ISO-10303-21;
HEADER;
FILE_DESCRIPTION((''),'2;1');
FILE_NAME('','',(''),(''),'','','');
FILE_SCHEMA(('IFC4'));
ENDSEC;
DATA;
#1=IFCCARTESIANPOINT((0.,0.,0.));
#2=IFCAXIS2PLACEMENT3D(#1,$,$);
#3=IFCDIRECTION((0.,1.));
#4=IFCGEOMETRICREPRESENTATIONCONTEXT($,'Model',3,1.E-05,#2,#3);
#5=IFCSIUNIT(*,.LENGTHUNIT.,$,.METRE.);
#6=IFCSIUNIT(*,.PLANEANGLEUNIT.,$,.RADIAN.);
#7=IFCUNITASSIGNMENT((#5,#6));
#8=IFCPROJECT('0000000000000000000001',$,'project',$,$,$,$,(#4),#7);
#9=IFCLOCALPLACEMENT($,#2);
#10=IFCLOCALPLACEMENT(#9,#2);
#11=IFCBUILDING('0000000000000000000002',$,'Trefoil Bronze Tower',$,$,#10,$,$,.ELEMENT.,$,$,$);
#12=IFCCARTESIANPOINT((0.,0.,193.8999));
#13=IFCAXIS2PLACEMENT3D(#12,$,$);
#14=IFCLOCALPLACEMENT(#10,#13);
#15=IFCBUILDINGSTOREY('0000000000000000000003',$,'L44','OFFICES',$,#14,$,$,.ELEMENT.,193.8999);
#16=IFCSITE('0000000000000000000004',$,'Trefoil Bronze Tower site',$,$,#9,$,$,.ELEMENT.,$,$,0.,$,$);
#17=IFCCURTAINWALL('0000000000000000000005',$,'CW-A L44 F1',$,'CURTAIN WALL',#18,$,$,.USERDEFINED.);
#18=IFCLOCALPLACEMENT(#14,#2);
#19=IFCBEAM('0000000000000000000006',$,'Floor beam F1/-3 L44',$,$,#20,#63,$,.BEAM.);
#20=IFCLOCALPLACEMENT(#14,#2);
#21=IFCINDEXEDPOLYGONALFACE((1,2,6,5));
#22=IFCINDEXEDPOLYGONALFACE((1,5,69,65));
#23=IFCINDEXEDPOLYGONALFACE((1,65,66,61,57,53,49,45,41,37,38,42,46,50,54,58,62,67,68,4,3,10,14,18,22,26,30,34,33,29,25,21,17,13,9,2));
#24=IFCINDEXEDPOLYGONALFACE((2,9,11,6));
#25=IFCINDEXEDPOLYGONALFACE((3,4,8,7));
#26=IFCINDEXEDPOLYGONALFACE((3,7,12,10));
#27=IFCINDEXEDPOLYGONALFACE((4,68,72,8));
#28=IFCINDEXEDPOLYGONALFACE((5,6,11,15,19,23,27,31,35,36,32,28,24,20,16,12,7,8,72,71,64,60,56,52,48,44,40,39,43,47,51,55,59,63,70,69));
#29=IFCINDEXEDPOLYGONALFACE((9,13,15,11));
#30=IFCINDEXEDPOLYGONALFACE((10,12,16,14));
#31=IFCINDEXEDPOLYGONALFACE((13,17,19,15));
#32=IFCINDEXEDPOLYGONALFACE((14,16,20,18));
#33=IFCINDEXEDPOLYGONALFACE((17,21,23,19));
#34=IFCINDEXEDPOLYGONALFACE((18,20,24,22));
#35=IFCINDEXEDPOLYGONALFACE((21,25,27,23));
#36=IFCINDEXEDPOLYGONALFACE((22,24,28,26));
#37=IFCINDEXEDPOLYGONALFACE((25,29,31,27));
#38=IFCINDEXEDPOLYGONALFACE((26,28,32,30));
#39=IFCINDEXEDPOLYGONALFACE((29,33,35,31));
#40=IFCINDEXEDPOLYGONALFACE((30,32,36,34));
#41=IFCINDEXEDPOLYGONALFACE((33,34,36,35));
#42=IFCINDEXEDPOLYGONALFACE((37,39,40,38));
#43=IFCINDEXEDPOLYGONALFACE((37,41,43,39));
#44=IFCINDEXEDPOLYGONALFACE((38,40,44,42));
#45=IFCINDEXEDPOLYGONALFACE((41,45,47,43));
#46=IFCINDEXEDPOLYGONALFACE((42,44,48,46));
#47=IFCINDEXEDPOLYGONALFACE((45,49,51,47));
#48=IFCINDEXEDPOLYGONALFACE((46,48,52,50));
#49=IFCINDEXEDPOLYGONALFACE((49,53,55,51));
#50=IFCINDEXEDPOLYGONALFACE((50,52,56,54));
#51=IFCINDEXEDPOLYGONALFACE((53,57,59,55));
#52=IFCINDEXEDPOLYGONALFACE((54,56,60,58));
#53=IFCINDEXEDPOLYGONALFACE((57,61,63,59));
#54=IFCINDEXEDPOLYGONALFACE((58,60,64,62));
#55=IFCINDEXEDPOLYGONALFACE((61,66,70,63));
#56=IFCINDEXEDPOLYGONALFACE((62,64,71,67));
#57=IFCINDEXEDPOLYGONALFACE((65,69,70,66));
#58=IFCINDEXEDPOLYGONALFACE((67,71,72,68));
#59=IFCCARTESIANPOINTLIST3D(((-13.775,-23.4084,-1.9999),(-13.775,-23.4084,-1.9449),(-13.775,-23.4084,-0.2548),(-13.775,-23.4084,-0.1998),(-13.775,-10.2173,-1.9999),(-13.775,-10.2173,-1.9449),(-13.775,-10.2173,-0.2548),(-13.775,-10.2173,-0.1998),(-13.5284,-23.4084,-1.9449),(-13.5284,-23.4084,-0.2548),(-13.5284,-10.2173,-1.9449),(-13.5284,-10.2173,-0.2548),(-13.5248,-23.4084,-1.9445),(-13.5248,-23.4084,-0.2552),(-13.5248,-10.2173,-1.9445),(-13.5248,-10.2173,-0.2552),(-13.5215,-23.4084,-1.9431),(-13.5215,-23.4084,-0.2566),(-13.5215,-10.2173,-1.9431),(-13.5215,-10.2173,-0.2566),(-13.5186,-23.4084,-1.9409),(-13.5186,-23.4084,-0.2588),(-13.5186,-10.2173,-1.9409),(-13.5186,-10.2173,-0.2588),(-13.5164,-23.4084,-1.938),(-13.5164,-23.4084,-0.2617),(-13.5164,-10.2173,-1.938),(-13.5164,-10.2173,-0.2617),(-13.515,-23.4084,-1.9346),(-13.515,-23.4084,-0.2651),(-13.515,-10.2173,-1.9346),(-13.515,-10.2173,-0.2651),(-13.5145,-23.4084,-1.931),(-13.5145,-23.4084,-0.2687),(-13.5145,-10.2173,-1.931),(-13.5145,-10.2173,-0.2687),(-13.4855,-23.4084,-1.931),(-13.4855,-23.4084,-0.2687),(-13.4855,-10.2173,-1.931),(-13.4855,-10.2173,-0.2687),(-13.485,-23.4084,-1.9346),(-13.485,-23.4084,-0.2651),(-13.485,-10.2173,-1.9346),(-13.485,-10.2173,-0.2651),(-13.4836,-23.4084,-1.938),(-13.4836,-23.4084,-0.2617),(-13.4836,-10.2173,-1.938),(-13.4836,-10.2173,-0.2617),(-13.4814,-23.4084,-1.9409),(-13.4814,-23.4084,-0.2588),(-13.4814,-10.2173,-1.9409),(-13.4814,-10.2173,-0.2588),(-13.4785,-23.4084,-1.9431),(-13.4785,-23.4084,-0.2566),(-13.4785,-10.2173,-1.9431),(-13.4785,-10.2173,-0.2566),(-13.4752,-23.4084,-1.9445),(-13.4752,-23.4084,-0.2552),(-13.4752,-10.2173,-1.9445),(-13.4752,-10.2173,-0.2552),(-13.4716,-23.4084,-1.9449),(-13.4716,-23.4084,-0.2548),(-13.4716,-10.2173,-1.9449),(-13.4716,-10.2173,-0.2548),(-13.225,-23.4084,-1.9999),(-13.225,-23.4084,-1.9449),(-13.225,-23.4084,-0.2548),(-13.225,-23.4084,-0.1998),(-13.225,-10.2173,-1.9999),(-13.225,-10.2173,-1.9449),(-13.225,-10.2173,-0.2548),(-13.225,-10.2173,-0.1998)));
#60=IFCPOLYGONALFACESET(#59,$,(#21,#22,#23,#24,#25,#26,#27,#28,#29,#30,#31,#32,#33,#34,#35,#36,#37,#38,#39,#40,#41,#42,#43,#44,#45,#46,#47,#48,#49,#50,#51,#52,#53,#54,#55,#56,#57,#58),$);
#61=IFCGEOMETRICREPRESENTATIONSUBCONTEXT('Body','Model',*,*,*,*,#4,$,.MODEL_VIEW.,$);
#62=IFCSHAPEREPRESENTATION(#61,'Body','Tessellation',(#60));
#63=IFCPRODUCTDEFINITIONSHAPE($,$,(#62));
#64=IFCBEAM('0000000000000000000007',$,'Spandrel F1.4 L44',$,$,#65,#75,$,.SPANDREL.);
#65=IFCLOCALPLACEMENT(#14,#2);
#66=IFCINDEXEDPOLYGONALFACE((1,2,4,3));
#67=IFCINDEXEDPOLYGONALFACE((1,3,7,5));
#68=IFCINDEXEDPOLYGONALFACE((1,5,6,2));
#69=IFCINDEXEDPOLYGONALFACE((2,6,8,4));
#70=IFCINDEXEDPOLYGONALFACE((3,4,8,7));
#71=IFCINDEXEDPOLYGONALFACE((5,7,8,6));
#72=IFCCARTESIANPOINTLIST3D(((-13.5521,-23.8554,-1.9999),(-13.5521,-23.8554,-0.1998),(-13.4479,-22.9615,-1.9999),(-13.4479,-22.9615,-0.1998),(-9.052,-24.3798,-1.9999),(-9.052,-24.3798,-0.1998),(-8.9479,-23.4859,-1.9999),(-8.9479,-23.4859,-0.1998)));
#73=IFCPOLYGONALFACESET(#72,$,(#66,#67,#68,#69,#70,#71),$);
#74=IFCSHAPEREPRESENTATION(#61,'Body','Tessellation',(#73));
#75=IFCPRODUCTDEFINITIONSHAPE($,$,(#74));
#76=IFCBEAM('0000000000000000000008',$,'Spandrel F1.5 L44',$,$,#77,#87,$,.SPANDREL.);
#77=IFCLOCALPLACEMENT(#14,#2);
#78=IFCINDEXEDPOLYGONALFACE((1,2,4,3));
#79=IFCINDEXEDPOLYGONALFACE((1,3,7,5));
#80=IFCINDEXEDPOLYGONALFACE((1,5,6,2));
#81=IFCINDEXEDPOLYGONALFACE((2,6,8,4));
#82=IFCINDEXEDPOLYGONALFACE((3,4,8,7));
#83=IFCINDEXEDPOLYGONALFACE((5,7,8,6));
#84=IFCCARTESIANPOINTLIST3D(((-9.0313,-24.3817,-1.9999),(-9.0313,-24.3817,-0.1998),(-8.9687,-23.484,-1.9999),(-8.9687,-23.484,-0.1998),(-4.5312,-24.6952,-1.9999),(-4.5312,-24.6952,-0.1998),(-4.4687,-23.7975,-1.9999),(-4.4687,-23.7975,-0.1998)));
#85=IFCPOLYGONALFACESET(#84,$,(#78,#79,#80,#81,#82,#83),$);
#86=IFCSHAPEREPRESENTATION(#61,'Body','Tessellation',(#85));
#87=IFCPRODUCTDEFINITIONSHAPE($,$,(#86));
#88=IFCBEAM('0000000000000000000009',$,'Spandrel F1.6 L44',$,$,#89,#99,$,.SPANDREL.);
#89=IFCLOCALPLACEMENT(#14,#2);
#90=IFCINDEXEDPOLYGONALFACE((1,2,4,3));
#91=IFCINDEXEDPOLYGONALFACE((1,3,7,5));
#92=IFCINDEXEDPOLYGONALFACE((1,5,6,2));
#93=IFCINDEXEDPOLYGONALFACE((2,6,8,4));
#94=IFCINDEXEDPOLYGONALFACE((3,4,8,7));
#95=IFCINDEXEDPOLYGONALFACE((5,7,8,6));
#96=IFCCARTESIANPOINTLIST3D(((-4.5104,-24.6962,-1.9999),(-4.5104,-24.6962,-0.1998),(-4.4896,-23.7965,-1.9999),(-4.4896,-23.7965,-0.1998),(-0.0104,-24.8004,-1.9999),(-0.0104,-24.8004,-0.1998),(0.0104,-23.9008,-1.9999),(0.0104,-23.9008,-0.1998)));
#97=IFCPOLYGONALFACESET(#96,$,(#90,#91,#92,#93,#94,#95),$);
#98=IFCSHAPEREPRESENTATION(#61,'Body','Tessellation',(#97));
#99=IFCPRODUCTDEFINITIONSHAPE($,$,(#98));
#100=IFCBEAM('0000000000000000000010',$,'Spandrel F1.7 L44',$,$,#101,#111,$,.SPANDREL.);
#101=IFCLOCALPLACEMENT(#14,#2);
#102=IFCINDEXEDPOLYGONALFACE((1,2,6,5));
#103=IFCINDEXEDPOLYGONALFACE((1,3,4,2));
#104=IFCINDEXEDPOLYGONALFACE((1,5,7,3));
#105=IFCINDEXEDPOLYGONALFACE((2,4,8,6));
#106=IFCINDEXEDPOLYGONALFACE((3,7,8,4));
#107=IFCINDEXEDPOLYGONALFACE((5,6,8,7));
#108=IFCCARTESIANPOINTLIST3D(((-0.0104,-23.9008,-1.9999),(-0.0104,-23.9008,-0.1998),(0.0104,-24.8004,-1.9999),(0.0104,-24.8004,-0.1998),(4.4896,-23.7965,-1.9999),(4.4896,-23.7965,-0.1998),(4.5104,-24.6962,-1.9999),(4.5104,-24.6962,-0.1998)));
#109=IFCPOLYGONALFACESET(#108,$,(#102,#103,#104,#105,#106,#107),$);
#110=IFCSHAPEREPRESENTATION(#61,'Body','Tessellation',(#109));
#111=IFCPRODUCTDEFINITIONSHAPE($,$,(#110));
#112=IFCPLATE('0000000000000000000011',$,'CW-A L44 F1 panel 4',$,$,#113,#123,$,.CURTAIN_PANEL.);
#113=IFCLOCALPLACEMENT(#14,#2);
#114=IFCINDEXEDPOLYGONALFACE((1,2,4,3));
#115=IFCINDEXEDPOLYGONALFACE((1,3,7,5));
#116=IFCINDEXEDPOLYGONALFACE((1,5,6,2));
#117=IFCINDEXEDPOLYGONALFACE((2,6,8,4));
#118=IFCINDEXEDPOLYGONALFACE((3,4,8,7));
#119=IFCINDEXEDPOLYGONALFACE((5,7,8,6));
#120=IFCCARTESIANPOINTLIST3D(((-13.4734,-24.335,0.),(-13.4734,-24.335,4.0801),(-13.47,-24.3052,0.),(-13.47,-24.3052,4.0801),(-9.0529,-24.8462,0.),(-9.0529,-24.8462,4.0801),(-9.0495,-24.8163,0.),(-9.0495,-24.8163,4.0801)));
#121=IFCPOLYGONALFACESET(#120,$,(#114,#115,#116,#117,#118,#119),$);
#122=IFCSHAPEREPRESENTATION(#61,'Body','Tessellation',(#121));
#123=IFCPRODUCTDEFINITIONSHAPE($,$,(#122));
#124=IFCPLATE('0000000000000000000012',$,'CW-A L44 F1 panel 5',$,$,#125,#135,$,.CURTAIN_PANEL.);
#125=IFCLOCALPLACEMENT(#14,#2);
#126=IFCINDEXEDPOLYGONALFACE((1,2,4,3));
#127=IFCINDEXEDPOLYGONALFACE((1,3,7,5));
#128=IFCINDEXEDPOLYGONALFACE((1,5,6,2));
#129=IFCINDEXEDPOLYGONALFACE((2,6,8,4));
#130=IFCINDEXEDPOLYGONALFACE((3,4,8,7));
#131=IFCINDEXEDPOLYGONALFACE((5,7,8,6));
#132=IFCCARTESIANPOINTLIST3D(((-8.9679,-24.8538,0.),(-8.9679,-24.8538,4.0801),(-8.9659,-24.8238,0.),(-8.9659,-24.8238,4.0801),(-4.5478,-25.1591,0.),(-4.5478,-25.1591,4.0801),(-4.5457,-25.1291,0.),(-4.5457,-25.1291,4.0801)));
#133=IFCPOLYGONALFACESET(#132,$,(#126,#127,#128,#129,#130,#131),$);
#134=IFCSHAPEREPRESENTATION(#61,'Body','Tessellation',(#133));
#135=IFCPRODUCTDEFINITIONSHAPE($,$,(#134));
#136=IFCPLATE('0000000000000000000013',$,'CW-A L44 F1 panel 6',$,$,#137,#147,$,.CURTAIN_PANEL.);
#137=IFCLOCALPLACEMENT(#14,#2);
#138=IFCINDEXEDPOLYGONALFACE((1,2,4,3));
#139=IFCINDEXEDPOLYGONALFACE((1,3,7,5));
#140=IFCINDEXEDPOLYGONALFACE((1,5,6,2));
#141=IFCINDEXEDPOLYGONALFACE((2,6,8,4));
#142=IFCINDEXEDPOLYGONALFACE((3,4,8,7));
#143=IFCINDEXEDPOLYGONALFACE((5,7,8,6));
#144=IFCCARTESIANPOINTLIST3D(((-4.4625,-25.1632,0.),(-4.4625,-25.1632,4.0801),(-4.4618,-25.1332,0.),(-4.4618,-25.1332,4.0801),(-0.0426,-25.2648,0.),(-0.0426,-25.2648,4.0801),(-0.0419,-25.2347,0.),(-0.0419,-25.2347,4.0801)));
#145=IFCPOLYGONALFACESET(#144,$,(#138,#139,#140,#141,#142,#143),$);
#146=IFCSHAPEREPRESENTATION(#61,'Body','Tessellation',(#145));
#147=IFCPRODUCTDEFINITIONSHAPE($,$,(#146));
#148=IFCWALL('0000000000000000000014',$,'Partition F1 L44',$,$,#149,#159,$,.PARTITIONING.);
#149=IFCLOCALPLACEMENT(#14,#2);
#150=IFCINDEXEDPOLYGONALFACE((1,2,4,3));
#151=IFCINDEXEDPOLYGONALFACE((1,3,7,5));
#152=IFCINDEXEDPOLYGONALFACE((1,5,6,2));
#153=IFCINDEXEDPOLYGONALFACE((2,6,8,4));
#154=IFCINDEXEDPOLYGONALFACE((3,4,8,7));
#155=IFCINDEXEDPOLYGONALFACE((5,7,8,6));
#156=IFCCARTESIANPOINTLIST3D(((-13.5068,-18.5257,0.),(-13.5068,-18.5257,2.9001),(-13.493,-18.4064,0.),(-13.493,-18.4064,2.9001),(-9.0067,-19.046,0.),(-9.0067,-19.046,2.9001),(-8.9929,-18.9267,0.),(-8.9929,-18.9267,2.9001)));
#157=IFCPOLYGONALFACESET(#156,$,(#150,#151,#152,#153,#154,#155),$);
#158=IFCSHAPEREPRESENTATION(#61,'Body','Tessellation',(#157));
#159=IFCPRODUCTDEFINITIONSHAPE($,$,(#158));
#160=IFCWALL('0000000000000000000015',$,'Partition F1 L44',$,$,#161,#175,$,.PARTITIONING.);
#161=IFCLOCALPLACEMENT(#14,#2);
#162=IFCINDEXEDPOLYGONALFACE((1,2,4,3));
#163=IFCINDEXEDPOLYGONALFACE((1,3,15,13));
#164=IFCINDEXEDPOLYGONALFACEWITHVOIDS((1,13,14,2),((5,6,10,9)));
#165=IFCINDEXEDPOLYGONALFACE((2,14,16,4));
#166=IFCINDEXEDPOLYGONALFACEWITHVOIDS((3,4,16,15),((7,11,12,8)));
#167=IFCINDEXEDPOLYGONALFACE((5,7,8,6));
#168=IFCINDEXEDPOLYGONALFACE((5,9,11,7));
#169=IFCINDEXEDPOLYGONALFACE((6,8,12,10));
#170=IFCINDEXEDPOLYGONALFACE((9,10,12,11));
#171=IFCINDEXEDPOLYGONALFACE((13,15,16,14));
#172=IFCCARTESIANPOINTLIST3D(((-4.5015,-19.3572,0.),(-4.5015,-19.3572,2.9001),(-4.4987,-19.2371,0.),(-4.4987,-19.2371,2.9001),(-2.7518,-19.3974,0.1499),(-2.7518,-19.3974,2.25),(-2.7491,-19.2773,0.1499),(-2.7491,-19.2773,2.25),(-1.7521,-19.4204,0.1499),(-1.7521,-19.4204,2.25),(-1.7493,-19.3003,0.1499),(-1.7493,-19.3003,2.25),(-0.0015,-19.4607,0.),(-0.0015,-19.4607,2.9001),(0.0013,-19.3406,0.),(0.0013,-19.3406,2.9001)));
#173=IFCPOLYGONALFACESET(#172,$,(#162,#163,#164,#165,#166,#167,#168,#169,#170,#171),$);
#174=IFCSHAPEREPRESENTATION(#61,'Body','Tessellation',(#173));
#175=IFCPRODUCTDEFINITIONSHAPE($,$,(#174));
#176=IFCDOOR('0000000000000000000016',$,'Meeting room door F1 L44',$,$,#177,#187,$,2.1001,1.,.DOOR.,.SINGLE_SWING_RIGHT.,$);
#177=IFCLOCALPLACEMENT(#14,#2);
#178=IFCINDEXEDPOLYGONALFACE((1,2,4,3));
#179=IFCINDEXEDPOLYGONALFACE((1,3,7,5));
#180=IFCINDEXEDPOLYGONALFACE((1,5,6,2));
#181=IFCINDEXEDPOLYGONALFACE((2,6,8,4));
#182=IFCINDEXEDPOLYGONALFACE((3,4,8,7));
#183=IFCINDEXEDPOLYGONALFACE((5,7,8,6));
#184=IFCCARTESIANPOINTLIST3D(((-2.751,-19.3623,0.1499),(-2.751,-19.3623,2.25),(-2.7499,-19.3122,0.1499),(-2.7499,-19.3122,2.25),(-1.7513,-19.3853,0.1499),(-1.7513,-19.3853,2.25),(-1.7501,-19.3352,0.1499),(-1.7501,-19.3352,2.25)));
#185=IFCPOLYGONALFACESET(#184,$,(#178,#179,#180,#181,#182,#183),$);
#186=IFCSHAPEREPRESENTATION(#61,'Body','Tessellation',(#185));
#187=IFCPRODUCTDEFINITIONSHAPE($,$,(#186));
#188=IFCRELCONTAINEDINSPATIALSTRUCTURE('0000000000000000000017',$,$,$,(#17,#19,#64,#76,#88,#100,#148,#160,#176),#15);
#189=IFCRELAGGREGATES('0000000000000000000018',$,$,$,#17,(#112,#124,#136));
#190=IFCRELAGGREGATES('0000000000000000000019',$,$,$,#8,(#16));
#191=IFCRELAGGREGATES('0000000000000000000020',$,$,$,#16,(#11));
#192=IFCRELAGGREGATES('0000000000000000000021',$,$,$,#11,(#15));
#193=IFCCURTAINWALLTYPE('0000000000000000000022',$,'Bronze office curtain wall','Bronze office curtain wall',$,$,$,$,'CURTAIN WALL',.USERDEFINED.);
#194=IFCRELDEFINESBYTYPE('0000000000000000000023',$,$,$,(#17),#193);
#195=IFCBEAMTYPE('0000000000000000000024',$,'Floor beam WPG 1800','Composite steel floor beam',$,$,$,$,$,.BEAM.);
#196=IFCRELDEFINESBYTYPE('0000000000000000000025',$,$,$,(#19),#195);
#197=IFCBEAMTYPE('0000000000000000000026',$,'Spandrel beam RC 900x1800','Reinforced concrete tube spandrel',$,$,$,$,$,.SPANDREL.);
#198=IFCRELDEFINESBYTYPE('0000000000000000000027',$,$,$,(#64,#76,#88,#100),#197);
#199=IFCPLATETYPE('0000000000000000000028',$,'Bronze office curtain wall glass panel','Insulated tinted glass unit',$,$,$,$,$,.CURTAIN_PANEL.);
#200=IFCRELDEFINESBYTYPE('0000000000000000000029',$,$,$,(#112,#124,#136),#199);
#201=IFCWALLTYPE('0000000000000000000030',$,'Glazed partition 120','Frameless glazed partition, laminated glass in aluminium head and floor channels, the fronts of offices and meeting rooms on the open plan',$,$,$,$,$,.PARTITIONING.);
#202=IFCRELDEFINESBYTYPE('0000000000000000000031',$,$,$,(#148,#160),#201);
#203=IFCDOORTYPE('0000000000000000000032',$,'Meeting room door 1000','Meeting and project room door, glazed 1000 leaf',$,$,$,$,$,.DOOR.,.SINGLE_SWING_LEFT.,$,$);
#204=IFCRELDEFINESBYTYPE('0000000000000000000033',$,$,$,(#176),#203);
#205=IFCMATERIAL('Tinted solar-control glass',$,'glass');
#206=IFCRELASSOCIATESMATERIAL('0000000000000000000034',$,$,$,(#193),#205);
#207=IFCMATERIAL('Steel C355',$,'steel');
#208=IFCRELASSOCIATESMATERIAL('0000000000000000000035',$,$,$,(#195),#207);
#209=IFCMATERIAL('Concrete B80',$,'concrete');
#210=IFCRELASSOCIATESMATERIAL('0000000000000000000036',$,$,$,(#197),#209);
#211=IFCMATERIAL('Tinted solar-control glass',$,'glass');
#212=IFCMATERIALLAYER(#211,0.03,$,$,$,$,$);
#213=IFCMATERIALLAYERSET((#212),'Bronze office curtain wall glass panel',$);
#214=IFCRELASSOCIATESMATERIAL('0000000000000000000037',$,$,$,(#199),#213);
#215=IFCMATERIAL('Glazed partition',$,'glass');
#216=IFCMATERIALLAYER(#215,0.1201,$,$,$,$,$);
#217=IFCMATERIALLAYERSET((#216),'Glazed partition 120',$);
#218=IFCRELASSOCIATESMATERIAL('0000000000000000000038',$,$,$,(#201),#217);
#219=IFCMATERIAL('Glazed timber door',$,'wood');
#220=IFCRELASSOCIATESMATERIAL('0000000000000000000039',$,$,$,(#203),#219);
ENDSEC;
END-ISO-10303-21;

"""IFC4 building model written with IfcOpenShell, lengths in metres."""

from ifc_helpers import new_model, si_unit, direction, frame, frame_2d, origin, origin_2d, place, context, subcontext, project, spatial, rectangle, i_section, extrude, material, layer, layer_set, material_profile, profile_set, type_object, element, fill, aggregate, save


model = new_model("IFC4")

# Units and contexts
model_context = context("Model", 3, precision=1e-05, world=origin(), true_north=direction((0.0, 1.0)))
body_context = subcontext(model_context, "Body", "Model", "MODEL_VIEW")
ifc_project = project(units=[si_unit("LENGTHUNIT", "METRE"), si_unit("PLANEANGLEUNIT", "RADIAN")], contexts=[model_context])

# Site, building, storey
site_placement = place(None, origin())
site = spatial("IfcSite", under=ifc_project, at=site_placement, Name="Trefoil Bronze Tower site", CompositionType="ELEMENT", RefElevation=0.0)
building_placement = place(site_placement, origin())
building = spatial("IfcBuilding", under=site, at=building_placement, Name="Trefoil Bronze Tower", CompositionType="ELEMENT")
storey_placement = place(building_placement, frame((0.0, 0.0, 193.8999)))
storey = spatial("IfcBuildingStorey", under=building, at=storey_placement, Name="L44", Description="OFFICES", CompositionType="ELEMENT", Elevation=193.8999)

# Curtain wall
ifc_material_1 = material(Name="Tinted solar-control glass", Category="glass")
curtain_wall_type = type_object("IfcCurtainWallType", Name="Bronze office curtain wall", Description="Bronze office curtain wall", ElementType="CURTAIN WALL", PredefinedType="USERDEFINED", material=ifc_material_1)
curtain_wall_placement = place(storey_placement, origin())
curtain_wall = element("IfcCurtainWall", 1, at=curtain_wall_placement, inside=storey, type_object=curtain_wall_type, Name="CW-A L44 F1", ObjectType="CURTAIN WALL", PredefinedType="USERDEFINED")

# Beams
ifc_material_2 = material(Name="Steel C355", Category="steel")
ifc_material_profile_1 = material_profile(ifc_material_2, i_section(OverallWidth=0.55, OverallDepth=1.8, WebThickness=0.0291, FlangeThickness=0.0549, FilletRadius=0.0139, at=origin_2d()), Name="WPG 1800")
ifc_profile_set_1 = profile_set([ifc_material_profile_1], Name="Steel C355")
beam_type_1 = type_object("IfcBeamType", Name="Floor beam WPG 1800", Description="Composite steel floor beam", PredefinedType="BEAM", material=ifc_profile_set_1)
beam_1_placement = place(storey_placement, frame((-13.5, -23.4084, -1.0999), z_axis=(0.0, 1.0, 0.0), x_axis=(-1.0, 0.0, 0.0)))
element("IfcBeam", 2, at=beam_1_placement, inside=storey, type_object=beam_type_1, Name="Floor beam F1/-3 L44", PredefinedType="BEAM", context=body_context, shape_type="SweptSolid", body=[
    extrude(i_section(OverallWidth=0.55, OverallDepth=1.8, WebThickness=0.0291, FlangeThickness=0.0549, FilletRadius=0.0139, at=origin_2d()), origin(), (0.0, 0.0, 1.0), 13.1912),
])
ifc_material_3 = material(Name="Concrete B80", Category="concrete")
ifc_material_profile_2 = material_profile(ifc_material_3, rectangle(XDim=0.8999, YDim=1.8, at=origin_2d()), Name="RC 900x1800")
ifc_profile_set_2 = profile_set([ifc_material_profile_2], Name="Concrete B80")
beam_type_2 = type_object("IfcBeamType", Name="Spandrel beam RC 900x1800", Description="Reinforced concrete tube spandrel", PredefinedType="SPANDREL", material=ifc_profile_set_2)
beam_2_placement = place(storey_placement, frame((-13.5, -23.4084, -1.0999), z_axis=(0.993278, -0.115753, 0.0), x_axis=(0.115753, 0.993278, 0.0)))
element("IfcBeam", 3, at=beam_2_placement, inside=storey, type_object=beam_type_2, Name="Spandrel F1.4 L44", PredefinedType="SPANDREL", context=body_context, shape_type="SweptSolid", body=[
    extrude(rectangle(XDim=0.8999, YDim=1.8, at=origin_2d()), origin(), (0.0, 0.0, 1.0), 4.5305),
])
beam_3_placement = place(storey_placement, frame((-9.0, -23.9329, -1.0999), z_axis=(0.997582, -0.069493, 0.0), x_axis=(0.069493, 0.997582, 0.0)))
element("IfcBeam", 4, at=beam_3_placement, inside=storey, type_object=beam_type_2, Name="Spandrel F1.5 L44", PredefinedType="SPANDREL", context=body_context, shape_type="SweptSolid", body=[
    extrude(rectangle(XDim=0.8999, YDim=1.8, at=origin_2d()), origin(), (0.0, 0.0, 1.0), 4.511),
])
for number, where, z_axis, x_axis, name in (
    (5, (-4.5, -24.2463, -1.0999), (0.999732, -0.02316, 0.0), (0.02316, 0.999732, 0.0), "Spandrel F1.6 L44"),
    (6, (0.0, -24.3506, -1.0999), (0.999732, 0.02316, 0.0), (-0.02316, 0.999732, 0.0), "Spandrel F1.7 L44"),
):
    element("IfcBeam", number, at=place(storey_placement, frame(where, z_axis=z_axis, x_axis=x_axis)), inside=storey, type_object=beam_type_2, Name=name, PredefinedType="SPANDREL", context=body_context, shape_type="SweptSolid", body=[
        extrude(rectangle(XDim=0.8999, YDim=1.8, at=origin_2d()), origin(), (0.0, 0.0, 1.0), 4.5012),
    ])

# Plates
ifc_material_4 = material(Name="Tinted solar-control glass", Category="glass")
ifc_layer_1 = layer(ifc_material_4, 0.03)
ifc_layer_set_1 = layer_set([ifc_layer_1], Name="Bronze office curtain wall glass panel")
plate_type = type_object("IfcPlateType", Name="Bronze office curtain wall glass panel", Description="Insulated tinted glass unit", PredefinedType="CURTAIN_PANEL", material=ifc_layer_set_1)
plate_1_placement = place(storey_placement, frame((-11.2615, -24.5757, 0.0), z_axis=(0.0, 0.0, 1.0), x_axis=(0.993382, -0.114859, 0.0)))
plate_1 = element("IfcPlate", 7, at=plate_1_placement, type_object=plate_type, Name="CW-A L44 F1 panel 4", PredefinedType="CURTAIN_PANEL", context=body_context, shape_type="SweptSolid", body=[
    extrude(rectangle(XDim=4.45, YDim=0.03, at=origin_2d()), origin(), (0.0, 0.0, 1.0), 4.0801),
])
plate_2_placement = place(storey_placement, frame((-6.7568, -24.9915, 0.0), z_axis=(0.0, 0.0, 1.0), x_axis=(0.997623, -0.068915, 0.0)))
plate_2 = element("IfcPlate", 8, at=plate_2_placement, type_object=plate_type, Name="CW-A L44 F1 panel 5", PredefinedType="CURTAIN_PANEL", context=body_context, shape_type="SweptSolid", body=[
    extrude(rectangle(XDim=4.4307, YDim=0.03, at=origin_2d()), origin(), (0.0, 0.0, 1.0), 4.0801),
])
plate_3_placement = place(storey_placement, frame((-2.2522, -25.199, 0.0), z_axis=(0.0, 0.0, 1.0), x_axis=(0.999736, -0.022972, 0.0)))
plate_3 = element("IfcPlate", 9, at=plate_3_placement, type_object=plate_type, Name="CW-A L44 F1 panel 6", PredefinedType="CURTAIN_PANEL", context=body_context, shape_type="SweptSolid", body=[
    extrude(rectangle(XDim=4.4211, YDim=0.03, at=origin_2d()), origin(), (0.0, 0.0, 1.0), 4.0801),
])
aggregate(curtain_wall, [plate_1, plate_2, plate_3])

# Wall
ifc_material_5 = material(Name="Glazed partition", Category="glass")
ifc_layer_2 = layer(ifc_material_5, 0.1201)
ifc_layer_set_2 = layer_set([ifc_layer_2], Name="Glazed partition 120")
wall_type_1 = type_object("IfcWallType", Name="Glazed partition 120", Description="Frameless glazed partition, laminated glass in aluminium head and floor channels, the fronts of offices and meeting rooms on the open plan", PredefinedType="PARTITIONING", material=ifc_layer_set_2)
wall_1_placement = place(storey_placement, frame((-13.5, -18.4661, 0.0), z_axis=(0.0, 0.0, 1.0), x_axis=(0.993383, -0.114849, 0.0)))
element("IfcWall", 10, at=wall_1_placement, inside=storey, type_object=wall_type_1, Name="Partition F1 L44", PredefinedType="PARTITIONING", context=body_context, shape_type="SweptSolid", body=[
    extrude(rectangle(XDim=4.53, YDim=0.1201, at=frame_2d((2.2651, 0.0))), origin(), (0.0, 0.0, 1.0), 2.9001),
])

# Wall, opening, door
wall_2_placement = place(storey_placement, frame((-4.5, -19.2971, 0.0), z_axis=(0.0, 0.0, 1.0), x_axis=(0.999736, -0.022997, 0.0)))
wall_2 = element("IfcWall", 11, at=wall_2_placement, inside=storey, type_object=wall_type_1, Name="Partition F1 L44", PredefinedType="PARTITIONING", context=body_context, shape_type="SweptSolid", body=[
    extrude(rectangle(XDim=4.5012, YDim=0.1201, at=frame_2d((2.2505, 0.0))), origin(), (0.0, 0.0, 1.0), 2.9001),
])
opening_1_placement = place(wall_2_placement, frame((1.75, 0.0, 0.1499)))
opening_1 = element("IfcOpeningElement", 12, at=opening_1_placement, cuts=wall_2, PredefinedType="OPENING", context=body_context, shape_type="SweptSolid", body=[
    extrude(rectangle(XDim=1.0, YDim=2.1001, at=frame_2d((0.5, 1.05))), frame((0.0, 0.0701, 0.0), z_axis=(0.0, -1.0, 0.0), x_axis=(1.0, 0.0, 0.0)), (0.0, 0.0, 1.0), 0.1401),
])
ifc_material_6 = material(Name="Glazed timber door", Category="wood")
door_type_1 = type_object("IfcDoorType", Name="Meeting room door 1000", Description="Meeting and project room door, glazed 1000 leaf", OperationType="SINGLE_SWING_LEFT", PredefinedType="DOOR", material=ifc_material_6)
door_1_placement = place(opening_1_placement, frame((1.0, 0.0, 0.0), z_axis=(0.0, 0.0, 1.0), x_axis=(-1.0, 0.0, 0.0)))
door_1 = element("IfcDoor", 13, at=door_1_placement, inside=storey, type_object=door_type_1, Name="Meeting room door F1 L44", OperationType="SINGLE_SWING_RIGHT", OverallHeight=2.1001, OverallWidth=1.0, PredefinedType="DOOR", context=body_context, shape_type="SweptSolid", body=[
    extrude(rectangle(XDim=1.0, YDim=2.1001, at=frame_2d((0.5, 1.05))), frame((0.0, 0.0249, 0.0), z_axis=(0.0, -1.0, 0.0), x_axis=(1.0, 0.0, 0.0)), (0.0, 0.0, 1.0), 0.05),
])
fill(opening_1, door_1)

save(model, "model.ifc")
